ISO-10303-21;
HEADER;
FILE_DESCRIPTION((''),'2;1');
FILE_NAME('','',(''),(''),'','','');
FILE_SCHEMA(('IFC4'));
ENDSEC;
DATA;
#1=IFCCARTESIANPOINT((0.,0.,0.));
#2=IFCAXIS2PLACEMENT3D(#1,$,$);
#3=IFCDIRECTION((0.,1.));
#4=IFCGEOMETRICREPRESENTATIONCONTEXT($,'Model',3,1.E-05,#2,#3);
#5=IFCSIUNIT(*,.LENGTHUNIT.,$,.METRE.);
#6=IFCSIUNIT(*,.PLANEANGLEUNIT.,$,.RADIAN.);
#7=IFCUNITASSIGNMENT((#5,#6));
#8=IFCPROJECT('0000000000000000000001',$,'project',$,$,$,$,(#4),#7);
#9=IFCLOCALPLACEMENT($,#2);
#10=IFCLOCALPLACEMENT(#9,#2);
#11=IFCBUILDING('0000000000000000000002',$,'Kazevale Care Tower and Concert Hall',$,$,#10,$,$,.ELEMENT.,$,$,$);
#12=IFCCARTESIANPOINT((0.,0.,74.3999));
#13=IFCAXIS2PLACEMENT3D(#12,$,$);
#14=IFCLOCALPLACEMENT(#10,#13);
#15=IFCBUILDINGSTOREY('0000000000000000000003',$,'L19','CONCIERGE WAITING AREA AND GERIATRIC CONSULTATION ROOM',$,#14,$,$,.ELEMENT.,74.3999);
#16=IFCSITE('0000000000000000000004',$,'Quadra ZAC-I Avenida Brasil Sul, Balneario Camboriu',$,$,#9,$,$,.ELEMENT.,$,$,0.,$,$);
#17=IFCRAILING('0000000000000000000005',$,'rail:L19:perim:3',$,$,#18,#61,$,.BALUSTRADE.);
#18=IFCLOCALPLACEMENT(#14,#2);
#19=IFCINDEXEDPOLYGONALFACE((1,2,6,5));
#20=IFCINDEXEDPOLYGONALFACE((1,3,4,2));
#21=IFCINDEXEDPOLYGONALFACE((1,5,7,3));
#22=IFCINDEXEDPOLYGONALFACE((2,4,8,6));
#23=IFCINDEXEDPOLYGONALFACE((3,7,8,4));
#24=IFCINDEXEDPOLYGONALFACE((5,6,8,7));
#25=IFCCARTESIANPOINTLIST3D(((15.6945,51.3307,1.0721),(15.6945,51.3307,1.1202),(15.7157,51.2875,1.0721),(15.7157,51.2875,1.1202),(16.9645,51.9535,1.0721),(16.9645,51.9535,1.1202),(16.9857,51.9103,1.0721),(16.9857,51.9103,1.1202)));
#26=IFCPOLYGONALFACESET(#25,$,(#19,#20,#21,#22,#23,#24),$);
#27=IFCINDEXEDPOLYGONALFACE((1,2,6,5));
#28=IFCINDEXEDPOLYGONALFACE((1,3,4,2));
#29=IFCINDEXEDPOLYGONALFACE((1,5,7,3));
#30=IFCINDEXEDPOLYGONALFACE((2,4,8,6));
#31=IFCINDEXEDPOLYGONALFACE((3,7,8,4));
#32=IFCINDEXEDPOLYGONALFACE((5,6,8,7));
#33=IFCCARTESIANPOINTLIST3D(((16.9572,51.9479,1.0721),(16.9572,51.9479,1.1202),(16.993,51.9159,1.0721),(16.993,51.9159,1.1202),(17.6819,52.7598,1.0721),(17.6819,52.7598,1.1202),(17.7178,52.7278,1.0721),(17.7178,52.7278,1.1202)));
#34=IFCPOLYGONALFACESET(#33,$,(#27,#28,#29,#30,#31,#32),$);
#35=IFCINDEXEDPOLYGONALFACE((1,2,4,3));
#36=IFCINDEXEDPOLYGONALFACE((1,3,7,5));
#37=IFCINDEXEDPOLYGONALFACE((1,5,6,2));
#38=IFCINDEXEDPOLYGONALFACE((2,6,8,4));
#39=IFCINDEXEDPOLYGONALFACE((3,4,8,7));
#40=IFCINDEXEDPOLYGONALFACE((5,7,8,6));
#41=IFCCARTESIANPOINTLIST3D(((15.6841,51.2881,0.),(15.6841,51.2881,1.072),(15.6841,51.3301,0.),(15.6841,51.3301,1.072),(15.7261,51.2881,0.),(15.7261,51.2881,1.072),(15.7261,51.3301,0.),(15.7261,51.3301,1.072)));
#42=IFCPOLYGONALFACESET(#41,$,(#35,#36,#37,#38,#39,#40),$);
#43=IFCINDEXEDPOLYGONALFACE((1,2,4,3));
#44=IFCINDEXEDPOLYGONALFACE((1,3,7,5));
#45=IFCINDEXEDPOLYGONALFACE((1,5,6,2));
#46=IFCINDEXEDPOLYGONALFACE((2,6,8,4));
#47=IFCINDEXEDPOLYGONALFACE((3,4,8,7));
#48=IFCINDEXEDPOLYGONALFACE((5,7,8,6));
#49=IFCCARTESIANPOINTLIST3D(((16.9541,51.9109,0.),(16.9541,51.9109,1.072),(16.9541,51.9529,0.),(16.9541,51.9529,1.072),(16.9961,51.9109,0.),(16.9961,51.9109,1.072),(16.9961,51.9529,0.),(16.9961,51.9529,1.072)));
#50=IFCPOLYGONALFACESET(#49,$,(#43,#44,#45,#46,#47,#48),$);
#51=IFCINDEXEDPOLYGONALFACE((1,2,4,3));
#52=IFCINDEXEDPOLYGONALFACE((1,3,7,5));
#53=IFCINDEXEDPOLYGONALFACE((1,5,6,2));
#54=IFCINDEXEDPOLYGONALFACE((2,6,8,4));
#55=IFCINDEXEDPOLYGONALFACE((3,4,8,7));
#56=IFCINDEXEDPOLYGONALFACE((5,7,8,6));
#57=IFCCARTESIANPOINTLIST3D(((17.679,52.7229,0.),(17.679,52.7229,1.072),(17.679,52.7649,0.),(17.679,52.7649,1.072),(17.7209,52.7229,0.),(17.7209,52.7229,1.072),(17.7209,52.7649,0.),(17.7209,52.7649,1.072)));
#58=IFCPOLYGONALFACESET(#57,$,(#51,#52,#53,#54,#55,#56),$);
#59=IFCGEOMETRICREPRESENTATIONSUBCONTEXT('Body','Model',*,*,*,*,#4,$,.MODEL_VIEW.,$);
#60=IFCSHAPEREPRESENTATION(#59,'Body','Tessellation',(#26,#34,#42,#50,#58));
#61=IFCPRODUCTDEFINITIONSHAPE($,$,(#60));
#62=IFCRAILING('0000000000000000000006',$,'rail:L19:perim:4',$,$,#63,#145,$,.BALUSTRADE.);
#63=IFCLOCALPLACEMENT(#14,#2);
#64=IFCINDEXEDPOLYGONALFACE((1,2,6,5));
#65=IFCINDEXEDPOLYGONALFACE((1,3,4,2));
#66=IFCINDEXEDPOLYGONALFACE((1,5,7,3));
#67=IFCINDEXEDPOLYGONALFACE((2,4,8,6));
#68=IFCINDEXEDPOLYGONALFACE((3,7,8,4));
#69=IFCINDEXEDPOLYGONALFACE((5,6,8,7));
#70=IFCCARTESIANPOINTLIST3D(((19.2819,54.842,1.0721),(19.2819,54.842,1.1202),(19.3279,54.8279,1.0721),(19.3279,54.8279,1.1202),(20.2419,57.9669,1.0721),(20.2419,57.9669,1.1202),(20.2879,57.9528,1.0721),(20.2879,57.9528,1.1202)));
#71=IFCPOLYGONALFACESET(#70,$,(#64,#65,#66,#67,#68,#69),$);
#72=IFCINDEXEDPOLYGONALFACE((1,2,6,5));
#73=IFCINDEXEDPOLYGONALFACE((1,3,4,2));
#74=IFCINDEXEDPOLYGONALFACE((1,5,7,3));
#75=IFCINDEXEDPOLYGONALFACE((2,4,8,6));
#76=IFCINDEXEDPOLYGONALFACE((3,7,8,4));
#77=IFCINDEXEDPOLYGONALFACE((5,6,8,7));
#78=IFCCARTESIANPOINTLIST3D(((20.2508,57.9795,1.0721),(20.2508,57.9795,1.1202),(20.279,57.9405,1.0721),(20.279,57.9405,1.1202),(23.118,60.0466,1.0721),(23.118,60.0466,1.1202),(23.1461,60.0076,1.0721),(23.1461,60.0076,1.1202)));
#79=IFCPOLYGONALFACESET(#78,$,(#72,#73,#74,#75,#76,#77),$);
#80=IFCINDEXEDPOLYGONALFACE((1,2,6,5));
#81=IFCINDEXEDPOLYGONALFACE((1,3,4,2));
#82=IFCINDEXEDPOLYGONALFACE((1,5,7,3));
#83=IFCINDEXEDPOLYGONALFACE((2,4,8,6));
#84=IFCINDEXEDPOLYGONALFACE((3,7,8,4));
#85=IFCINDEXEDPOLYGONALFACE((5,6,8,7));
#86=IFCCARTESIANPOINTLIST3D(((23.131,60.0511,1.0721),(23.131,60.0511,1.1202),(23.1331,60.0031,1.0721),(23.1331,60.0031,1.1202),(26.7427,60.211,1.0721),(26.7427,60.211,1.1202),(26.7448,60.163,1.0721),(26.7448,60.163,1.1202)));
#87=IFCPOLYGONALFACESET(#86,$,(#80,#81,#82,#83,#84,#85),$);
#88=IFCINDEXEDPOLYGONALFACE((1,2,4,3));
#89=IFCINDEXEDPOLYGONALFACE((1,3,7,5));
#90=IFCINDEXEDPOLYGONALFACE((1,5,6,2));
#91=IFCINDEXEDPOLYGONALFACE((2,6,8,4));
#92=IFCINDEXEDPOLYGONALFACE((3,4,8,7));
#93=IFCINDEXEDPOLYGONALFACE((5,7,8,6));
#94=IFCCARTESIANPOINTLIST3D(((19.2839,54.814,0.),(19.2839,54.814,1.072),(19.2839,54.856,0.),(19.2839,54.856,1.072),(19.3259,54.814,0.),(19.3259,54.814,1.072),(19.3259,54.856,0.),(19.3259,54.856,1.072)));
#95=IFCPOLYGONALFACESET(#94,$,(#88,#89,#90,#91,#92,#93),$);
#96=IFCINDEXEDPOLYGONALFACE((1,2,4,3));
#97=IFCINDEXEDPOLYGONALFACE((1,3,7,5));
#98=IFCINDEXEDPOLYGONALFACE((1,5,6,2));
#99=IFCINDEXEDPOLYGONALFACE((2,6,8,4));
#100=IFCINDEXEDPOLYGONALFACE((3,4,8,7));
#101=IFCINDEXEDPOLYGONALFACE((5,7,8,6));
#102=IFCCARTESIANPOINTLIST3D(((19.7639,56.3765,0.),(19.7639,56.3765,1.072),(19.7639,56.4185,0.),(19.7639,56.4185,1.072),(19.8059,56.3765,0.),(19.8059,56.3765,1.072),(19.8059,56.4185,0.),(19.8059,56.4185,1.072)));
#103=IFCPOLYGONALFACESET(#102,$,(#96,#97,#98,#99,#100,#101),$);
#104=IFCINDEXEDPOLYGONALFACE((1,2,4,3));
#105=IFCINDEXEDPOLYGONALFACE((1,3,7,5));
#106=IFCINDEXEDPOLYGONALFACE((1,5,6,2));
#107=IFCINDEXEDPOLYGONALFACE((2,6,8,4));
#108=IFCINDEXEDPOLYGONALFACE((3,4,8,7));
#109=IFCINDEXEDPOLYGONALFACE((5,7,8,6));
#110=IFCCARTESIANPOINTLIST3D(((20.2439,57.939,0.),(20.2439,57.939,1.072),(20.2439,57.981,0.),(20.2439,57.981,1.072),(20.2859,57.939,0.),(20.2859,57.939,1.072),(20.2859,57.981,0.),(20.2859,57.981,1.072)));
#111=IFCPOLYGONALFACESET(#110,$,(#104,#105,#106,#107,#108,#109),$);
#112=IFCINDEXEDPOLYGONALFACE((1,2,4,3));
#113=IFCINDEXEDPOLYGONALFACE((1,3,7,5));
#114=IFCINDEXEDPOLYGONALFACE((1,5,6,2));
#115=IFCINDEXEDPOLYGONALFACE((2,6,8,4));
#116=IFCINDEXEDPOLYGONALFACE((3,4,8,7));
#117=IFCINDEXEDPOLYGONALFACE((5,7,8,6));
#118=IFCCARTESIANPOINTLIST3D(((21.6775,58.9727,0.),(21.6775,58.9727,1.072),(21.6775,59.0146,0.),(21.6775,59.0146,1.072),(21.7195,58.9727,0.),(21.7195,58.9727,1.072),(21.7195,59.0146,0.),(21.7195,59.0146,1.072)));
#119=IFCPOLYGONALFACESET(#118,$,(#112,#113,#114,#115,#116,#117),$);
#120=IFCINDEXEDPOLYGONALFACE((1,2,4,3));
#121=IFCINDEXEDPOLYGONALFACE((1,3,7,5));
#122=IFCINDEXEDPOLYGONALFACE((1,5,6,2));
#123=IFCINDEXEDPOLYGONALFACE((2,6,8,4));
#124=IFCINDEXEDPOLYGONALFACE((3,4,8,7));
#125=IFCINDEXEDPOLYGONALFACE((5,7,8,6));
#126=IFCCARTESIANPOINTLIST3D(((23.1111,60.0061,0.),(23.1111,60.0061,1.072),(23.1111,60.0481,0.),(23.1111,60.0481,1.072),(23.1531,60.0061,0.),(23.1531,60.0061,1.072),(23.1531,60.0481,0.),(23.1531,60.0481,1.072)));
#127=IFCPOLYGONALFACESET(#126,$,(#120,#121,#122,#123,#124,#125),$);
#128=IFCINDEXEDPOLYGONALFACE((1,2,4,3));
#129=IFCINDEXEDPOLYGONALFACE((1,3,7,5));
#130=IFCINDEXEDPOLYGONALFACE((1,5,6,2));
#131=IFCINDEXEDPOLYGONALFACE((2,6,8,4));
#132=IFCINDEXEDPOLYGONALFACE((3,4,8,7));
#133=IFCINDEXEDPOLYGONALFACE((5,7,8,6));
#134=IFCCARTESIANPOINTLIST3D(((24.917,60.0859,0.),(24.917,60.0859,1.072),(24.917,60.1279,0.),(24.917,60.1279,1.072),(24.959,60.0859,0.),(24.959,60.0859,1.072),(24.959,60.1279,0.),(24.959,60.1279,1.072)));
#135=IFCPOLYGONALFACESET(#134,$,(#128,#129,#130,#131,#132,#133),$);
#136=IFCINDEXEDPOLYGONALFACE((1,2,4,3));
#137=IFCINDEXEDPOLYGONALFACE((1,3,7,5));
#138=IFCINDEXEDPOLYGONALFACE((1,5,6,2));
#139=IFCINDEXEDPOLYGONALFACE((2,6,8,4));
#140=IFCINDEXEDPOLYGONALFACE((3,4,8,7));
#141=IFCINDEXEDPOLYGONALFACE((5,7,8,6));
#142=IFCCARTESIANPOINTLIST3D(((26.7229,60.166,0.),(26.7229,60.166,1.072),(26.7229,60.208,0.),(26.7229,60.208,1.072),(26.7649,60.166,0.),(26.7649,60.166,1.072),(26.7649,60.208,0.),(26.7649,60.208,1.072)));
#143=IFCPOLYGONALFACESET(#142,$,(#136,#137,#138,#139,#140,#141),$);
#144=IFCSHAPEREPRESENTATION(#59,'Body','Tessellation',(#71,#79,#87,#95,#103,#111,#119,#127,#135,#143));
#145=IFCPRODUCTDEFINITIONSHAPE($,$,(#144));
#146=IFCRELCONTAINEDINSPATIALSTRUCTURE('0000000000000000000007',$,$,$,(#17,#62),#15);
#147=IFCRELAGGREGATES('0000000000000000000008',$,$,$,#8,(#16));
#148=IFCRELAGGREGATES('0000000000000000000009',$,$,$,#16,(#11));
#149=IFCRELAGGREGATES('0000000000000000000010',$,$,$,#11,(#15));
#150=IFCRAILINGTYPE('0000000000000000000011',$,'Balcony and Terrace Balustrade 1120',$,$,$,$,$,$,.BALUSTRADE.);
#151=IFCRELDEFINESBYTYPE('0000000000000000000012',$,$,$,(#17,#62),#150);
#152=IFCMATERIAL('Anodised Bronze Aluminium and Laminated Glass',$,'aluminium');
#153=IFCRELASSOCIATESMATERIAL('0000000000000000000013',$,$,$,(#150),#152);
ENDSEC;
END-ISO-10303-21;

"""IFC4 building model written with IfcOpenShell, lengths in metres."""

from ifc_helpers import new_model, si_unit, direction, frame, origin, origin_2d, place, context, subcontext, project, spatial, rectangle, extrude, material, type_object, element, save


model = new_model("IFC4")

# Units and contexts
model_context = context("Model", 3, precision=1e-05, world=origin(), true_north=direction((0.0, 1.0)))
body_context = subcontext(model_context, "Body", "Model", "MODEL_VIEW")
ifc_project = project(units=[si_unit("LENGTHUNIT", "METRE"), si_unit("PLANEANGLEUNIT", "RADIAN")], contexts=[model_context])

# Site, building, storey
site_placement = place(None, origin())
site = spatial("IfcSite", under=ifc_project, at=site_placement, Name="Quadra ZAC-I Avenida Brasil Sul, Balneario Camboriu", CompositionType="ELEMENT", RefElevation=0.0)
building_placement = place(site_placement, origin())
building = spatial("IfcBuilding", under=site, at=building_placement, Name="Kazevale Care Tower and Concert Hall", CompositionType="ELEMENT")
storey_placement = place(building_placement, frame((0.0, 0.0, 74.3999)))
storey = spatial("IfcBuildingStorey", under=building, at=storey_placement, Name="L19", Description="CONCIERGE WAITING AREA AND GERIATRIC CONSULTATION ROOM", CompositionType="ELEMENT", Elevation=74.3999)

# Railings
ifc_material_1 = material(Name="Anodised Bronze Aluminium and Laminated Glass", Category="aluminium")
railing_type = type_object("IfcRailingType", Name="Balcony and Terrace Balustrade 1120", PredefinedType="BALUSTRADE", material=ifc_material_1)
railing_1_placement = place(storey_placement, frame((15.7051, 51.3091, 0.0)))
element("IfcRailing", 1, at=railing_1_placement, inside=storey, type_object=railing_type, Name="rail:L19:perim:3", PredefinedType="BALUSTRADE", context=body_context, shape_type="SweptSolid", body=[
    extrude(rectangle(XDim=0.0481, YDim=0.0481, at=origin_2d()), frame((0.0, 0.0, 1.0962), z_axis=(0.897852, 0.440296, 0.0), x_axis=(-0.440296, 0.897852, 0.0)), (0.0, 0.0, 1.0), 1.4146),
    extrude(rectangle(XDim=0.0481, YDim=0.0481, at=origin_2d()), frame((1.27, 0.6228, 1.0962), z_axis=(0.665936, 0.746009, 0.0), x_axis=(-0.746009, 0.665936, 0.0)), (0.0, 0.0, 1.0), 1.0884),
    extrude(rectangle(XDim=0.042, YDim=0.042, at=origin_2d()), origin(), (0.0, 0.0, 1.0), 1.072),
    extrude(rectangle(XDim=0.042, YDim=0.042, at=origin_2d()), frame((1.27, 0.6228, 0.0)), (0.0, 0.0, 1.0), 1.072),
    extrude(rectangle(XDim=0.042, YDim=0.042, at=origin_2d()), frame((1.9949, 1.4348, 0.0)), (0.0, 0.0, 1.0), 1.072),
])
railing_2_placement = place(storey_placement, frame((19.3049, 54.835, 0.0)))
element("IfcRailing", 2, at=railing_2_placement, inside=storey, type_object=railing_type, Name="rail:L19:perim:4", PredefinedType="BALUSTRADE", context=body_context, shape_type="SweptSolid", body=[
    extrude(rectangle(XDim=0.0481, YDim=0.0481, at=origin_2d()), frame((0.0, 0.0, 1.0962), z_axis=(0.293645, 0.955915, 0.0), x_axis=(-0.955915, 0.293645, 0.0)), (0.0, 0.0, 1.0), 3.269),
    extrude(rectangle(XDim=0.0481, YDim=0.0481, at=origin_2d()), frame((0.96, 3.125, 1.0962), z_axis=(0.811163, 0.58482, 0.0), x_axis=(-0.58482, 0.811163, 0.0)), (0.0, 0.0, 1.0), 3.5347),
    extrude(rectangle(XDim=0.0481, YDim=0.0481, at=origin_2d()), frame((3.8271, 5.1921, 1.0962), z_axis=(0.999021, 0.044231, 0.0), x_axis=(-0.044231, 0.999021, 0.0)), (0.0, 0.0, 1.0), 3.6152),
    extrude(rectangle(XDim=0.042, YDim=0.042, at=origin_2d()), origin(), (0.0, 0.0, 1.0), 1.072),
    extrude(rectangle(XDim=0.042, YDim=0.042, at=origin_2d()), frame((0.48, 1.5625, 0.0)), (0.0, 0.0, 1.0), 1.072),
    extrude(rectangle(XDim=0.042, YDim=0.042, at=origin_2d()), frame((0.96, 3.125, 0.0)), (0.0, 0.0, 1.0), 1.072),
    extrude(rectangle(XDim=0.042, YDim=0.042, at=origin_2d()), frame((2.3936, 4.1587, 0.0)), (0.0, 0.0, 1.0), 1.072),
    extrude(rectangle(XDim=0.042, YDim=0.042, at=origin_2d()), frame((3.8271, 5.1921, 0.0)), (0.0, 0.0, 1.0), 1.072),
    extrude(rectangle(XDim=0.042, YDim=0.042, at=origin_2d()), frame((5.6331, 5.272, 0.0)), (0.0, 0.0, 1.0), 1.072),
    extrude(rectangle(XDim=0.042, YDim=0.042, at=origin_2d()), frame((7.439, 5.3521, 0.0)), (0.0, 0.0, 1.0), 1.072),
])

save(model, "model.ifc")
